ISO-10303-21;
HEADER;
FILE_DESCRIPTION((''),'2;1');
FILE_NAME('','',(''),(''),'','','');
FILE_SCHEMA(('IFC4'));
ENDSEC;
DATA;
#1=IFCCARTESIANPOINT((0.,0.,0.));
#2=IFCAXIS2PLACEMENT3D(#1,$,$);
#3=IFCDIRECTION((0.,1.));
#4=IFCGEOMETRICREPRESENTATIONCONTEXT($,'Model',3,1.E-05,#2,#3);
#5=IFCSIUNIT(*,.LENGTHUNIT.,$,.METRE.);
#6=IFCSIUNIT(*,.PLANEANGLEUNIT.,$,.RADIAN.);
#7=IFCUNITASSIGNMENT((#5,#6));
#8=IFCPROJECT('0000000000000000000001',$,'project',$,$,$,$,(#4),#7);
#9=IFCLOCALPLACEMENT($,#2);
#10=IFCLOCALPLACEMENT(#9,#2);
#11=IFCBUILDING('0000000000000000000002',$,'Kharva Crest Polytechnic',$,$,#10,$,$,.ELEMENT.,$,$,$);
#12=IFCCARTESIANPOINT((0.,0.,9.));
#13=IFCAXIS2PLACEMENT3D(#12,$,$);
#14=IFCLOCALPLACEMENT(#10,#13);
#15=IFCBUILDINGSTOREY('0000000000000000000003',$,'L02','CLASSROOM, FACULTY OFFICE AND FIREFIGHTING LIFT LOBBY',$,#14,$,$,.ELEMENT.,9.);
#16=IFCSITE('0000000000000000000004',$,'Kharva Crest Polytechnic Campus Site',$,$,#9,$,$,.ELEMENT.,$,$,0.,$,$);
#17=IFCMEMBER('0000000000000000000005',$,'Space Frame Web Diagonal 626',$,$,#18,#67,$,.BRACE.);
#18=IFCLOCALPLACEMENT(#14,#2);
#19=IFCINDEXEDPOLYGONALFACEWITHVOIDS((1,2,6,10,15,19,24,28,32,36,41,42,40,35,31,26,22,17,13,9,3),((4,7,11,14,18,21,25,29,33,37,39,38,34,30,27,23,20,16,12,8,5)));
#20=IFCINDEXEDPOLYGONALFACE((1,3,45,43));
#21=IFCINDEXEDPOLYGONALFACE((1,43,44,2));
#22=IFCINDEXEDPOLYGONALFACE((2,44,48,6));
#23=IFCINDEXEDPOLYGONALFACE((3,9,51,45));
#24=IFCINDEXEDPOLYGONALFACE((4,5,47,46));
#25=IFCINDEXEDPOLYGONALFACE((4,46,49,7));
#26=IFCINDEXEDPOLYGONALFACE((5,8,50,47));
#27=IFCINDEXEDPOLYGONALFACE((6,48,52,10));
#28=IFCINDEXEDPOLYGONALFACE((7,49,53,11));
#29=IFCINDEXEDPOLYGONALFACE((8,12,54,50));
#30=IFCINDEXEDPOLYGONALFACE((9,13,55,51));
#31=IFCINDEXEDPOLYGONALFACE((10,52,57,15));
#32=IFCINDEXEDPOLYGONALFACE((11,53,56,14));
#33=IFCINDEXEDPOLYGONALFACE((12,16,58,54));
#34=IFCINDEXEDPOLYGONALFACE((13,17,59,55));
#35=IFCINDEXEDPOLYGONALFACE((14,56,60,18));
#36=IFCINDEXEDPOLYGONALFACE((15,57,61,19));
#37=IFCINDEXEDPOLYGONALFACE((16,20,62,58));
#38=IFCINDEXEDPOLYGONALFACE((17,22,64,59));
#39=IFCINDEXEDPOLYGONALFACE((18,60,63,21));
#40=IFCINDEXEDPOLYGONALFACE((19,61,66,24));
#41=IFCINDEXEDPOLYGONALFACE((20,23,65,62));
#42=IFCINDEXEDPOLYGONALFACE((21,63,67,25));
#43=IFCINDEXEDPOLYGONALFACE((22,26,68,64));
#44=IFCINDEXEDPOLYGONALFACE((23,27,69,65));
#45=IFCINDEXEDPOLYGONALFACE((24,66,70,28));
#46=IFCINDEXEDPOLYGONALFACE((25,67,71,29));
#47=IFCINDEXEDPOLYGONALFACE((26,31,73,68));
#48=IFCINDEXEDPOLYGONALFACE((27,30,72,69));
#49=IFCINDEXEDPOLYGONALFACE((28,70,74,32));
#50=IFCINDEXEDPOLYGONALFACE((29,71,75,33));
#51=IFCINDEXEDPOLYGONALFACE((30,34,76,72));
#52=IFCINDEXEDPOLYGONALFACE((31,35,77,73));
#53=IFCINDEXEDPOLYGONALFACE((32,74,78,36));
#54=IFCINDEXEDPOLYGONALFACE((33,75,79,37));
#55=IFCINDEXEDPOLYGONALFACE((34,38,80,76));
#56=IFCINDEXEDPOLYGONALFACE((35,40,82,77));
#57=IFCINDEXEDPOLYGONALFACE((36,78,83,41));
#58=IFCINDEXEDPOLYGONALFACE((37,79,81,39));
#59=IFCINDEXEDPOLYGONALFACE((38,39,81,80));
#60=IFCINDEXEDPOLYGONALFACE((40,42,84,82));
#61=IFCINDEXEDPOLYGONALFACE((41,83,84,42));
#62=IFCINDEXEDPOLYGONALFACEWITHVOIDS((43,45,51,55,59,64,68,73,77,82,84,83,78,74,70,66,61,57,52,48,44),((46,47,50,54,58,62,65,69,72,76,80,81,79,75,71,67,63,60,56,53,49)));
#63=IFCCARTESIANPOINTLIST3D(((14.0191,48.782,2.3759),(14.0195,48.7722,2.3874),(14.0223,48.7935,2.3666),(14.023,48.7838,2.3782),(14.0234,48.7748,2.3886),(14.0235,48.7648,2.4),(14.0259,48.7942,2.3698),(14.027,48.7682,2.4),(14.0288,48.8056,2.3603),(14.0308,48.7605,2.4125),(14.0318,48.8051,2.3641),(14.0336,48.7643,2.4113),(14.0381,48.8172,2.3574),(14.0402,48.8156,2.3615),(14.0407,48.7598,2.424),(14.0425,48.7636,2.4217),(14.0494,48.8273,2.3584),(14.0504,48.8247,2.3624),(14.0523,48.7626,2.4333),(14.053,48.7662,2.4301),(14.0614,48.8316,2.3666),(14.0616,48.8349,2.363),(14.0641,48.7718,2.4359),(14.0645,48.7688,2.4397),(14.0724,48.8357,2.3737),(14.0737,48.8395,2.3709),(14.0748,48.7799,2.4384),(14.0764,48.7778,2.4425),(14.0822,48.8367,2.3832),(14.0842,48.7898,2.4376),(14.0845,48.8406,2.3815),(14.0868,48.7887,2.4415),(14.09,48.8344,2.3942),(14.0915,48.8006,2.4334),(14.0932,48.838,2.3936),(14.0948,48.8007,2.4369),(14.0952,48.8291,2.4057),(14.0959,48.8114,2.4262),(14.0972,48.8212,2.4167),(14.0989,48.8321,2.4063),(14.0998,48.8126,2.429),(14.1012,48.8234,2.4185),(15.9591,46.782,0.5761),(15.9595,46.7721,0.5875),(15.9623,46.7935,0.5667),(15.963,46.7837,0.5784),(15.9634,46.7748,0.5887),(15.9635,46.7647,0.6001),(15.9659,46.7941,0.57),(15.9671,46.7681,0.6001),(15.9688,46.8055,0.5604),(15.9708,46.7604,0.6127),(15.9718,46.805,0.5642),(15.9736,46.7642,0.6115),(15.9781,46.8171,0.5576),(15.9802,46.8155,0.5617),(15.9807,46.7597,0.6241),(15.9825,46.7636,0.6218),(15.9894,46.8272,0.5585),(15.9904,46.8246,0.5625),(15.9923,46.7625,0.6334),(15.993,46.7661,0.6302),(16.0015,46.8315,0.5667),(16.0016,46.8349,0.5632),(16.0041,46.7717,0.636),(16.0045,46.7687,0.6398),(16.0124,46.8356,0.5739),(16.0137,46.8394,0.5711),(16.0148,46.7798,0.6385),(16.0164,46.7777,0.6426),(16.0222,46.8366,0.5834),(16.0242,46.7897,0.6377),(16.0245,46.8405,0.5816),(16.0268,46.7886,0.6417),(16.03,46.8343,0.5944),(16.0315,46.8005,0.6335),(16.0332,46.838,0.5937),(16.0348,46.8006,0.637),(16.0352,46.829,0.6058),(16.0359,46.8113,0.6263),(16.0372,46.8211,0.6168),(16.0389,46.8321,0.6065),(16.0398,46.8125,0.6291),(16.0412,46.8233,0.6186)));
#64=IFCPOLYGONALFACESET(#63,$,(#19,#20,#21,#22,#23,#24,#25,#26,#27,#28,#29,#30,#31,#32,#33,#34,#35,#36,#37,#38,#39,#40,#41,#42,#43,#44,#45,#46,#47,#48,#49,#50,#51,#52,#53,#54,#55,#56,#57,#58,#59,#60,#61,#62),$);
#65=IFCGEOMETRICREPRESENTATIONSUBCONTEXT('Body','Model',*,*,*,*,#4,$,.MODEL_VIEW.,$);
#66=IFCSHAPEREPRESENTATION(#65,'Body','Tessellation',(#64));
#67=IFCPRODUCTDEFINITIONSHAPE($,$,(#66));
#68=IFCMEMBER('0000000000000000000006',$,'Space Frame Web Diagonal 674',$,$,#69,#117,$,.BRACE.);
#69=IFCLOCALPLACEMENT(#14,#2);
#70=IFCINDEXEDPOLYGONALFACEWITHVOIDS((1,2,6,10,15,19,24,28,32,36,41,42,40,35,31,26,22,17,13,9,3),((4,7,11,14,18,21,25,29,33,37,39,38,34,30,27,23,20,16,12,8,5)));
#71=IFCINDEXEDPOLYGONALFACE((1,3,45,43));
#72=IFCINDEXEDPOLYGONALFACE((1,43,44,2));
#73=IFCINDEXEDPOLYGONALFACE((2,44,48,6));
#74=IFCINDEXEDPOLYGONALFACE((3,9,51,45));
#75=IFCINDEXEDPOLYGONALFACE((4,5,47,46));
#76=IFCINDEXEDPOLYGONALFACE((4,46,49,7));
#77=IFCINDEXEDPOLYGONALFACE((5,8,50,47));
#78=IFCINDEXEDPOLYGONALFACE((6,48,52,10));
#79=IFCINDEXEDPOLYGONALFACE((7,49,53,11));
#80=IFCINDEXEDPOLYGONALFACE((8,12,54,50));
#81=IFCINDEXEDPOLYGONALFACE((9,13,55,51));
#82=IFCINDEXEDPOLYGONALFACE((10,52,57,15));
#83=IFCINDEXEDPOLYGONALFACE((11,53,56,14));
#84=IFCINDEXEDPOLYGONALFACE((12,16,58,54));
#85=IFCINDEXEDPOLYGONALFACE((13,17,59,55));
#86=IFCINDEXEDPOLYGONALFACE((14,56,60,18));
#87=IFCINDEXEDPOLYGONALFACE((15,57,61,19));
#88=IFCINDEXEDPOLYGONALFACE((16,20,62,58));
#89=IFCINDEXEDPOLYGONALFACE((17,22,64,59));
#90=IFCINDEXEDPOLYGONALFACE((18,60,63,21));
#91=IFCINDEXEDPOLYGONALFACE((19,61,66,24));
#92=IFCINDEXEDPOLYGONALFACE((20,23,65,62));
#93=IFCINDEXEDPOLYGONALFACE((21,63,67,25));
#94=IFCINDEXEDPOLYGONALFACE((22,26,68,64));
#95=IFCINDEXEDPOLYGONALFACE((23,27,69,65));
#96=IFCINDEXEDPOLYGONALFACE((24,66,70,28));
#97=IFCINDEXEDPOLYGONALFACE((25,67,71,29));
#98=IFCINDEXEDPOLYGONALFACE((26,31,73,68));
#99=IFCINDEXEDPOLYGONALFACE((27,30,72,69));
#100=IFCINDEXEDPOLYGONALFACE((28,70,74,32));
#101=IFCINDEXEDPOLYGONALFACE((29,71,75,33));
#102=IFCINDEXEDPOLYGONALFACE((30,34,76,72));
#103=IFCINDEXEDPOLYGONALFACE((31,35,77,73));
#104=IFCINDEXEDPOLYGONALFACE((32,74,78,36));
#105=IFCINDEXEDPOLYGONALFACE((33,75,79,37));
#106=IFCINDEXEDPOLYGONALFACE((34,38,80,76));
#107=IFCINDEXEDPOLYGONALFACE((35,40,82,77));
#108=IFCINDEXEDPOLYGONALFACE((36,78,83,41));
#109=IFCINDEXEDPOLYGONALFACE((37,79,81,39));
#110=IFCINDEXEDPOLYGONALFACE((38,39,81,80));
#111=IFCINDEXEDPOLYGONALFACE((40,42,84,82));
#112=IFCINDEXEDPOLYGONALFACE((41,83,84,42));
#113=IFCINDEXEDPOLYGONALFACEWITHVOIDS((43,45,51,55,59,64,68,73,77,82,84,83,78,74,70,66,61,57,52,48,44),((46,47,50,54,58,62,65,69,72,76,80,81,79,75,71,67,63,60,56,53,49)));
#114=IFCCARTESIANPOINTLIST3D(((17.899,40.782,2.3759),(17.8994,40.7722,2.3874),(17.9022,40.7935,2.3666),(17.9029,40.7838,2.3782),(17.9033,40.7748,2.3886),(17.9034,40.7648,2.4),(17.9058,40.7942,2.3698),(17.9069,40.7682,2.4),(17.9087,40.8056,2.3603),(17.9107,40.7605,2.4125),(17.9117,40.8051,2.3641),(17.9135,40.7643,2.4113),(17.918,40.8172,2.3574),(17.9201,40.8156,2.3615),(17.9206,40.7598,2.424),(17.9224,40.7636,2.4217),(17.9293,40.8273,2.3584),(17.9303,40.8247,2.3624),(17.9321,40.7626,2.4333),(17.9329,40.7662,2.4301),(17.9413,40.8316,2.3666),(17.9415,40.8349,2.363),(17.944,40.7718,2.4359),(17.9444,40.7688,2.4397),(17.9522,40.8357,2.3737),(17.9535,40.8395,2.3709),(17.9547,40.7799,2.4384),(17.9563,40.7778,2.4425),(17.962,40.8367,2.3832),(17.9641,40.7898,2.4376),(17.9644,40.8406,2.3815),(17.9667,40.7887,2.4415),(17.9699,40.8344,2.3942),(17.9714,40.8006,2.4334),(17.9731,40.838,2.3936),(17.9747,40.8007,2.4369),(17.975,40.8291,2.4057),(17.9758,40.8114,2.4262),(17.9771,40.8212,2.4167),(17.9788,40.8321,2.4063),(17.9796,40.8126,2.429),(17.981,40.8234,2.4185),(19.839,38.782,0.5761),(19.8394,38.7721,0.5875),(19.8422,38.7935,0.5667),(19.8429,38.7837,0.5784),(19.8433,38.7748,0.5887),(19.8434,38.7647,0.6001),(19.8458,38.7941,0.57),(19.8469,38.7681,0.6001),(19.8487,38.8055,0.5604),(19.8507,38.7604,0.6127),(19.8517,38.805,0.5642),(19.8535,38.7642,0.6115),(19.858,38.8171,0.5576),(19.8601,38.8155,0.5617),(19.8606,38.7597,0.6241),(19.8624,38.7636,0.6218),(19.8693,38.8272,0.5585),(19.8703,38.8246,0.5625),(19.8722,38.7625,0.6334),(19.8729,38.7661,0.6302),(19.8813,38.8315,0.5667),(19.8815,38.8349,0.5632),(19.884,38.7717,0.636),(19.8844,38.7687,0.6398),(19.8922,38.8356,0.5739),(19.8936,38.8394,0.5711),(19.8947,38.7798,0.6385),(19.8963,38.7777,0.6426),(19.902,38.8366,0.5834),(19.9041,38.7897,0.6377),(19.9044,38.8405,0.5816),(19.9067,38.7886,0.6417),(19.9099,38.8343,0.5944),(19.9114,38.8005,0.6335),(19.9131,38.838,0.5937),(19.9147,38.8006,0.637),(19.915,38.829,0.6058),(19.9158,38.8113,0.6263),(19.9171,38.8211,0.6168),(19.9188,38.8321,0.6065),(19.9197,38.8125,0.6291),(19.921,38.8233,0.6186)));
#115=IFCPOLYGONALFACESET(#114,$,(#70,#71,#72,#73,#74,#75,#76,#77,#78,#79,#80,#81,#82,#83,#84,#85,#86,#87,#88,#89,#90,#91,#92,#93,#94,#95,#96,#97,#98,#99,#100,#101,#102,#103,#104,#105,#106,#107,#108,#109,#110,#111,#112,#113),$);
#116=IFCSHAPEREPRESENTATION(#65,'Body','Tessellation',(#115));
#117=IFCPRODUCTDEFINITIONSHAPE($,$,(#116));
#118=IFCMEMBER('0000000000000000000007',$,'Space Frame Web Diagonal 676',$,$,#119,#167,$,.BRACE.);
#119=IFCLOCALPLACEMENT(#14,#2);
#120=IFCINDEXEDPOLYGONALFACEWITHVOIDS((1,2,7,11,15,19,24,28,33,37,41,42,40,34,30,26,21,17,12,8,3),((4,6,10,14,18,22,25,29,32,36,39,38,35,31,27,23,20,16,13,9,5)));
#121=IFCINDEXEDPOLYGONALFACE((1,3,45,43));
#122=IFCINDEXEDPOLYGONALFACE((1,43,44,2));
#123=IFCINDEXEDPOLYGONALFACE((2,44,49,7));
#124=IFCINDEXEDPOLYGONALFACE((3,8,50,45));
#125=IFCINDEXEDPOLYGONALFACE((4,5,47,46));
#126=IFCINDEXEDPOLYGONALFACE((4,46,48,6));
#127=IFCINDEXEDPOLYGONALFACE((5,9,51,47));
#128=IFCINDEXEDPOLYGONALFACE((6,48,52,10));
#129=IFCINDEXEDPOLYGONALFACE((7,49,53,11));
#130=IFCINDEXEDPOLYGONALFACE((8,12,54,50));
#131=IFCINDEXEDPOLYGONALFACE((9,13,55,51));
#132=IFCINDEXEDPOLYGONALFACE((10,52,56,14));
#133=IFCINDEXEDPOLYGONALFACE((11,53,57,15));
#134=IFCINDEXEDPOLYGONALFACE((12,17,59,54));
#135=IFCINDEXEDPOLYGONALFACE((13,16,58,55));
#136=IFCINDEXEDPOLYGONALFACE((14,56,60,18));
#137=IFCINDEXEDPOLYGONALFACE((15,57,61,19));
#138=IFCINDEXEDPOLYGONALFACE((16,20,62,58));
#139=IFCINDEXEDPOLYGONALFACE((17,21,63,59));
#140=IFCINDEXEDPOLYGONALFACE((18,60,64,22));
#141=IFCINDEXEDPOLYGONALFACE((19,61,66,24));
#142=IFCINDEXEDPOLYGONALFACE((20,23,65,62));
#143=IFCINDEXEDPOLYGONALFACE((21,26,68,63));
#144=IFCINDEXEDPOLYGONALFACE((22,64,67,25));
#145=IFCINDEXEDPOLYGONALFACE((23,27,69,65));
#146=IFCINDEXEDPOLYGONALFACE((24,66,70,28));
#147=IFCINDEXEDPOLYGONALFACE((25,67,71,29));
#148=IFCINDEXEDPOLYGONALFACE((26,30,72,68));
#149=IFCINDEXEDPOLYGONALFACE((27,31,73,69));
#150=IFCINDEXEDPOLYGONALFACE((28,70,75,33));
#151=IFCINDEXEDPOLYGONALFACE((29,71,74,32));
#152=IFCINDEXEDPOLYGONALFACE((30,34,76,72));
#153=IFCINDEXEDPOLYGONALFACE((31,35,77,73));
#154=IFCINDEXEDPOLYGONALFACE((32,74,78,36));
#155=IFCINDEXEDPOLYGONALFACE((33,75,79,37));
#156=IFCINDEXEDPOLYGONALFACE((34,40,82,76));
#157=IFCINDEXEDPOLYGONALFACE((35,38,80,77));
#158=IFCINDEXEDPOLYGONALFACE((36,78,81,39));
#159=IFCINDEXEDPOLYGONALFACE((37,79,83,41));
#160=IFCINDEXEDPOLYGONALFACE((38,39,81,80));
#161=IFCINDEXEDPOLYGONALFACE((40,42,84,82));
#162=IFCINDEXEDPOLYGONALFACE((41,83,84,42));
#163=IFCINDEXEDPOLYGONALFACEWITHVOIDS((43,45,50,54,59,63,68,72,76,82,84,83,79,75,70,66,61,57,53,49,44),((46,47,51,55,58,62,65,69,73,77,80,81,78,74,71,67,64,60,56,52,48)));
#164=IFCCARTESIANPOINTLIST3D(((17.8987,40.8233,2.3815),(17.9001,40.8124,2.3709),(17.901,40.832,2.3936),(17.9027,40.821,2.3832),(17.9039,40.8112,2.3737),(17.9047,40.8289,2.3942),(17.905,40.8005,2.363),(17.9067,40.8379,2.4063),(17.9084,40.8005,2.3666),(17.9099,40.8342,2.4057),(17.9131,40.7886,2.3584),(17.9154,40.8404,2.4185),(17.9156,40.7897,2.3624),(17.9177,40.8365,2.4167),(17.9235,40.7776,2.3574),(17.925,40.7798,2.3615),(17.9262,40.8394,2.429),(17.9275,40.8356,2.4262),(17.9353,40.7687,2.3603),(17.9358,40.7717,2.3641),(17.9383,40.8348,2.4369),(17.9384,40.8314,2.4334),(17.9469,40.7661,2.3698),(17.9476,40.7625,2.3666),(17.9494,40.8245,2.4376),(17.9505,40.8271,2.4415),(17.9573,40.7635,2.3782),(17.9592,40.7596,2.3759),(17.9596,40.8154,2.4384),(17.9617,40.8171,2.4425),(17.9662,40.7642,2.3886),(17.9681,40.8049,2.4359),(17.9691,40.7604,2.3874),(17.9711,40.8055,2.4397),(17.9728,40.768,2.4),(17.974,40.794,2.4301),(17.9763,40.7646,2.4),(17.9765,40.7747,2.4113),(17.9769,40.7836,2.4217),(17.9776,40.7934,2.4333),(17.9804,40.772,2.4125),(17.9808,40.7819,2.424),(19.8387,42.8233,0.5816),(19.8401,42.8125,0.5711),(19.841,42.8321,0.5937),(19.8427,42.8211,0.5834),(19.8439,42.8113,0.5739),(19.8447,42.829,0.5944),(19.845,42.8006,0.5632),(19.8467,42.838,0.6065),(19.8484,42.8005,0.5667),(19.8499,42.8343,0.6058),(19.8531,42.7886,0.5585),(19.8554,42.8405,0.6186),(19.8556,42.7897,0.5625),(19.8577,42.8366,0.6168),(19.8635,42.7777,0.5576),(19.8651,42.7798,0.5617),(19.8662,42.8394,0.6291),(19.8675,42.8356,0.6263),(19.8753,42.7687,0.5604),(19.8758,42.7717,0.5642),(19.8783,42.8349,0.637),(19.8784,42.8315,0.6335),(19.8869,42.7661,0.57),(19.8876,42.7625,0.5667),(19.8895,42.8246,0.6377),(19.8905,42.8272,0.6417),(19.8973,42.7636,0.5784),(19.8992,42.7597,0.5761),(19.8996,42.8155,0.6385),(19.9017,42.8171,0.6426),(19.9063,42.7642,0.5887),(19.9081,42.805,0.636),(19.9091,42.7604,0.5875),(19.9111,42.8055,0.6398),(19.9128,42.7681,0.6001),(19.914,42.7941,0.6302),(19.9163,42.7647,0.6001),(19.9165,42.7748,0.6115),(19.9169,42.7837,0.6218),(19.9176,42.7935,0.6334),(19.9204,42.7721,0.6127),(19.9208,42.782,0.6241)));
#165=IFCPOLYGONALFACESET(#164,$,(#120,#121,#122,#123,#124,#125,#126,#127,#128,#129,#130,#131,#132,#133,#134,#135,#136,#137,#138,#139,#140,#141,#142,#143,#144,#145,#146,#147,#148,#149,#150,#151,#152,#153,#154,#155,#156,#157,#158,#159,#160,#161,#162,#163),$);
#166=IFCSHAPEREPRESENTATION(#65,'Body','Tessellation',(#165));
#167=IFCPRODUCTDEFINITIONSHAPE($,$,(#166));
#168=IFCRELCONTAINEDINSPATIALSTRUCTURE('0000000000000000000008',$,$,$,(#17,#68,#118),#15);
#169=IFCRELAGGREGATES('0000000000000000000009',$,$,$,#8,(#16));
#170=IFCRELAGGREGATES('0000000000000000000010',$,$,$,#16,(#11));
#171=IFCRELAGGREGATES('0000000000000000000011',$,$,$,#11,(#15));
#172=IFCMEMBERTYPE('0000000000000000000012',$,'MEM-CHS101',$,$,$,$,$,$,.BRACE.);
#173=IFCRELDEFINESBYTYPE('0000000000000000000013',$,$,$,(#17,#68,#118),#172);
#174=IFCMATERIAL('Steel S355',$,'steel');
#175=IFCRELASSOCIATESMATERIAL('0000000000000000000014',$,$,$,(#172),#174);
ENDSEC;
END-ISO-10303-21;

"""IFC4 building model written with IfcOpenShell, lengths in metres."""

from ifc_helpers import new_model, si_unit, direction, frame, origin, origin_2d, place, context, subcontext, project, spatial, hollow_circle, extrude, material, material_profile, profile_set, type_object, element, save


model = new_model("IFC4")

# Units and contexts
model_context = context("Model", 3, precision=1e-05, world=origin(), true_north=direction((0.0, 1.0)))
body_context = subcontext(model_context, "Body", "Model", "MODEL_VIEW")
ifc_project = project(units=[si_unit("LENGTHUNIT", "METRE"), si_unit("PLANEANGLEUNIT", "RADIAN")], contexts=[model_context])

# Site, building, storey
site_placement = place(None, origin())
site = spatial("IfcSite", under=ifc_project, at=site_placement, Name="Kharva Crest Polytechnic Campus Site", CompositionType="ELEMENT", RefElevation=0.0)
building_placement = place(site_placement, origin())
building = spatial("IfcBuilding", under=site, at=building_placement, Name="Kharva Crest Polytechnic", CompositionType="ELEMENT")
storey_placement = place(building_placement, frame((0.0, 0.0, 9.0)))
storey = spatial("IfcBuildingStorey", under=building, at=storey_placement, Name="L02", Description="CLASSROOM, FACULTY OFFICE AND FIREFIGHTING LIFT LOBBY", CompositionType="ELEMENT", Elevation=9.0)

# Members
ifc_material = material(Name="Steel S355", Category="steel")
ifc_material_profile_1 = material_profile(ifc_material, hollow_circle(Radius=0.0508, WallThickness=0.0049, at=origin_2d()), Name="CHS 101.6X5.0")
ifc_profile_set_1 = profile_set([ifc_material_profile_1], Name="Steel S355")
member_type_1 = type_object("IfcMemberType", Name="MEM-CHS101", PredefinedType="BRACE", material=ifc_profile_set_1)
for number, where, z_axis, x_axis, name in (
    (1, (16.0, 46.8, 0.6001), (-0.584843, 0.60295, 0.542596), (-0.717802, -0.696247, 0.0), "Space Frame Web Diagonal 626"),
    (2, (19.8799, 38.8, 0.6001), (-0.584843, 0.60295, 0.542596), (-0.717802, -0.696247, 0.0), "Space Frame Web Diagonal 674"),
    (3, (19.8799, 42.8, 0.6001), (-0.584843, -0.60295, 0.542596), (0.717802, -0.696247, 0.0), "Space Frame Web Diagonal 676"),
):
    element("IfcMember", number, at=place(storey_placement, frame(where, z_axis=z_axis, x_axis=x_axis)), inside=storey, type_object=member_type_1, Name=name, PredefinedType="BRACE", context=body_context, shape_type="SweptSolid", body=[
        extrude(hollow_circle(Radius=0.0508, WallThickness=0.0049, at=origin_2d()), origin(), (0.0, 0.0, 1.0), 3.3171),
    ])

save(model, "model.ifc")
